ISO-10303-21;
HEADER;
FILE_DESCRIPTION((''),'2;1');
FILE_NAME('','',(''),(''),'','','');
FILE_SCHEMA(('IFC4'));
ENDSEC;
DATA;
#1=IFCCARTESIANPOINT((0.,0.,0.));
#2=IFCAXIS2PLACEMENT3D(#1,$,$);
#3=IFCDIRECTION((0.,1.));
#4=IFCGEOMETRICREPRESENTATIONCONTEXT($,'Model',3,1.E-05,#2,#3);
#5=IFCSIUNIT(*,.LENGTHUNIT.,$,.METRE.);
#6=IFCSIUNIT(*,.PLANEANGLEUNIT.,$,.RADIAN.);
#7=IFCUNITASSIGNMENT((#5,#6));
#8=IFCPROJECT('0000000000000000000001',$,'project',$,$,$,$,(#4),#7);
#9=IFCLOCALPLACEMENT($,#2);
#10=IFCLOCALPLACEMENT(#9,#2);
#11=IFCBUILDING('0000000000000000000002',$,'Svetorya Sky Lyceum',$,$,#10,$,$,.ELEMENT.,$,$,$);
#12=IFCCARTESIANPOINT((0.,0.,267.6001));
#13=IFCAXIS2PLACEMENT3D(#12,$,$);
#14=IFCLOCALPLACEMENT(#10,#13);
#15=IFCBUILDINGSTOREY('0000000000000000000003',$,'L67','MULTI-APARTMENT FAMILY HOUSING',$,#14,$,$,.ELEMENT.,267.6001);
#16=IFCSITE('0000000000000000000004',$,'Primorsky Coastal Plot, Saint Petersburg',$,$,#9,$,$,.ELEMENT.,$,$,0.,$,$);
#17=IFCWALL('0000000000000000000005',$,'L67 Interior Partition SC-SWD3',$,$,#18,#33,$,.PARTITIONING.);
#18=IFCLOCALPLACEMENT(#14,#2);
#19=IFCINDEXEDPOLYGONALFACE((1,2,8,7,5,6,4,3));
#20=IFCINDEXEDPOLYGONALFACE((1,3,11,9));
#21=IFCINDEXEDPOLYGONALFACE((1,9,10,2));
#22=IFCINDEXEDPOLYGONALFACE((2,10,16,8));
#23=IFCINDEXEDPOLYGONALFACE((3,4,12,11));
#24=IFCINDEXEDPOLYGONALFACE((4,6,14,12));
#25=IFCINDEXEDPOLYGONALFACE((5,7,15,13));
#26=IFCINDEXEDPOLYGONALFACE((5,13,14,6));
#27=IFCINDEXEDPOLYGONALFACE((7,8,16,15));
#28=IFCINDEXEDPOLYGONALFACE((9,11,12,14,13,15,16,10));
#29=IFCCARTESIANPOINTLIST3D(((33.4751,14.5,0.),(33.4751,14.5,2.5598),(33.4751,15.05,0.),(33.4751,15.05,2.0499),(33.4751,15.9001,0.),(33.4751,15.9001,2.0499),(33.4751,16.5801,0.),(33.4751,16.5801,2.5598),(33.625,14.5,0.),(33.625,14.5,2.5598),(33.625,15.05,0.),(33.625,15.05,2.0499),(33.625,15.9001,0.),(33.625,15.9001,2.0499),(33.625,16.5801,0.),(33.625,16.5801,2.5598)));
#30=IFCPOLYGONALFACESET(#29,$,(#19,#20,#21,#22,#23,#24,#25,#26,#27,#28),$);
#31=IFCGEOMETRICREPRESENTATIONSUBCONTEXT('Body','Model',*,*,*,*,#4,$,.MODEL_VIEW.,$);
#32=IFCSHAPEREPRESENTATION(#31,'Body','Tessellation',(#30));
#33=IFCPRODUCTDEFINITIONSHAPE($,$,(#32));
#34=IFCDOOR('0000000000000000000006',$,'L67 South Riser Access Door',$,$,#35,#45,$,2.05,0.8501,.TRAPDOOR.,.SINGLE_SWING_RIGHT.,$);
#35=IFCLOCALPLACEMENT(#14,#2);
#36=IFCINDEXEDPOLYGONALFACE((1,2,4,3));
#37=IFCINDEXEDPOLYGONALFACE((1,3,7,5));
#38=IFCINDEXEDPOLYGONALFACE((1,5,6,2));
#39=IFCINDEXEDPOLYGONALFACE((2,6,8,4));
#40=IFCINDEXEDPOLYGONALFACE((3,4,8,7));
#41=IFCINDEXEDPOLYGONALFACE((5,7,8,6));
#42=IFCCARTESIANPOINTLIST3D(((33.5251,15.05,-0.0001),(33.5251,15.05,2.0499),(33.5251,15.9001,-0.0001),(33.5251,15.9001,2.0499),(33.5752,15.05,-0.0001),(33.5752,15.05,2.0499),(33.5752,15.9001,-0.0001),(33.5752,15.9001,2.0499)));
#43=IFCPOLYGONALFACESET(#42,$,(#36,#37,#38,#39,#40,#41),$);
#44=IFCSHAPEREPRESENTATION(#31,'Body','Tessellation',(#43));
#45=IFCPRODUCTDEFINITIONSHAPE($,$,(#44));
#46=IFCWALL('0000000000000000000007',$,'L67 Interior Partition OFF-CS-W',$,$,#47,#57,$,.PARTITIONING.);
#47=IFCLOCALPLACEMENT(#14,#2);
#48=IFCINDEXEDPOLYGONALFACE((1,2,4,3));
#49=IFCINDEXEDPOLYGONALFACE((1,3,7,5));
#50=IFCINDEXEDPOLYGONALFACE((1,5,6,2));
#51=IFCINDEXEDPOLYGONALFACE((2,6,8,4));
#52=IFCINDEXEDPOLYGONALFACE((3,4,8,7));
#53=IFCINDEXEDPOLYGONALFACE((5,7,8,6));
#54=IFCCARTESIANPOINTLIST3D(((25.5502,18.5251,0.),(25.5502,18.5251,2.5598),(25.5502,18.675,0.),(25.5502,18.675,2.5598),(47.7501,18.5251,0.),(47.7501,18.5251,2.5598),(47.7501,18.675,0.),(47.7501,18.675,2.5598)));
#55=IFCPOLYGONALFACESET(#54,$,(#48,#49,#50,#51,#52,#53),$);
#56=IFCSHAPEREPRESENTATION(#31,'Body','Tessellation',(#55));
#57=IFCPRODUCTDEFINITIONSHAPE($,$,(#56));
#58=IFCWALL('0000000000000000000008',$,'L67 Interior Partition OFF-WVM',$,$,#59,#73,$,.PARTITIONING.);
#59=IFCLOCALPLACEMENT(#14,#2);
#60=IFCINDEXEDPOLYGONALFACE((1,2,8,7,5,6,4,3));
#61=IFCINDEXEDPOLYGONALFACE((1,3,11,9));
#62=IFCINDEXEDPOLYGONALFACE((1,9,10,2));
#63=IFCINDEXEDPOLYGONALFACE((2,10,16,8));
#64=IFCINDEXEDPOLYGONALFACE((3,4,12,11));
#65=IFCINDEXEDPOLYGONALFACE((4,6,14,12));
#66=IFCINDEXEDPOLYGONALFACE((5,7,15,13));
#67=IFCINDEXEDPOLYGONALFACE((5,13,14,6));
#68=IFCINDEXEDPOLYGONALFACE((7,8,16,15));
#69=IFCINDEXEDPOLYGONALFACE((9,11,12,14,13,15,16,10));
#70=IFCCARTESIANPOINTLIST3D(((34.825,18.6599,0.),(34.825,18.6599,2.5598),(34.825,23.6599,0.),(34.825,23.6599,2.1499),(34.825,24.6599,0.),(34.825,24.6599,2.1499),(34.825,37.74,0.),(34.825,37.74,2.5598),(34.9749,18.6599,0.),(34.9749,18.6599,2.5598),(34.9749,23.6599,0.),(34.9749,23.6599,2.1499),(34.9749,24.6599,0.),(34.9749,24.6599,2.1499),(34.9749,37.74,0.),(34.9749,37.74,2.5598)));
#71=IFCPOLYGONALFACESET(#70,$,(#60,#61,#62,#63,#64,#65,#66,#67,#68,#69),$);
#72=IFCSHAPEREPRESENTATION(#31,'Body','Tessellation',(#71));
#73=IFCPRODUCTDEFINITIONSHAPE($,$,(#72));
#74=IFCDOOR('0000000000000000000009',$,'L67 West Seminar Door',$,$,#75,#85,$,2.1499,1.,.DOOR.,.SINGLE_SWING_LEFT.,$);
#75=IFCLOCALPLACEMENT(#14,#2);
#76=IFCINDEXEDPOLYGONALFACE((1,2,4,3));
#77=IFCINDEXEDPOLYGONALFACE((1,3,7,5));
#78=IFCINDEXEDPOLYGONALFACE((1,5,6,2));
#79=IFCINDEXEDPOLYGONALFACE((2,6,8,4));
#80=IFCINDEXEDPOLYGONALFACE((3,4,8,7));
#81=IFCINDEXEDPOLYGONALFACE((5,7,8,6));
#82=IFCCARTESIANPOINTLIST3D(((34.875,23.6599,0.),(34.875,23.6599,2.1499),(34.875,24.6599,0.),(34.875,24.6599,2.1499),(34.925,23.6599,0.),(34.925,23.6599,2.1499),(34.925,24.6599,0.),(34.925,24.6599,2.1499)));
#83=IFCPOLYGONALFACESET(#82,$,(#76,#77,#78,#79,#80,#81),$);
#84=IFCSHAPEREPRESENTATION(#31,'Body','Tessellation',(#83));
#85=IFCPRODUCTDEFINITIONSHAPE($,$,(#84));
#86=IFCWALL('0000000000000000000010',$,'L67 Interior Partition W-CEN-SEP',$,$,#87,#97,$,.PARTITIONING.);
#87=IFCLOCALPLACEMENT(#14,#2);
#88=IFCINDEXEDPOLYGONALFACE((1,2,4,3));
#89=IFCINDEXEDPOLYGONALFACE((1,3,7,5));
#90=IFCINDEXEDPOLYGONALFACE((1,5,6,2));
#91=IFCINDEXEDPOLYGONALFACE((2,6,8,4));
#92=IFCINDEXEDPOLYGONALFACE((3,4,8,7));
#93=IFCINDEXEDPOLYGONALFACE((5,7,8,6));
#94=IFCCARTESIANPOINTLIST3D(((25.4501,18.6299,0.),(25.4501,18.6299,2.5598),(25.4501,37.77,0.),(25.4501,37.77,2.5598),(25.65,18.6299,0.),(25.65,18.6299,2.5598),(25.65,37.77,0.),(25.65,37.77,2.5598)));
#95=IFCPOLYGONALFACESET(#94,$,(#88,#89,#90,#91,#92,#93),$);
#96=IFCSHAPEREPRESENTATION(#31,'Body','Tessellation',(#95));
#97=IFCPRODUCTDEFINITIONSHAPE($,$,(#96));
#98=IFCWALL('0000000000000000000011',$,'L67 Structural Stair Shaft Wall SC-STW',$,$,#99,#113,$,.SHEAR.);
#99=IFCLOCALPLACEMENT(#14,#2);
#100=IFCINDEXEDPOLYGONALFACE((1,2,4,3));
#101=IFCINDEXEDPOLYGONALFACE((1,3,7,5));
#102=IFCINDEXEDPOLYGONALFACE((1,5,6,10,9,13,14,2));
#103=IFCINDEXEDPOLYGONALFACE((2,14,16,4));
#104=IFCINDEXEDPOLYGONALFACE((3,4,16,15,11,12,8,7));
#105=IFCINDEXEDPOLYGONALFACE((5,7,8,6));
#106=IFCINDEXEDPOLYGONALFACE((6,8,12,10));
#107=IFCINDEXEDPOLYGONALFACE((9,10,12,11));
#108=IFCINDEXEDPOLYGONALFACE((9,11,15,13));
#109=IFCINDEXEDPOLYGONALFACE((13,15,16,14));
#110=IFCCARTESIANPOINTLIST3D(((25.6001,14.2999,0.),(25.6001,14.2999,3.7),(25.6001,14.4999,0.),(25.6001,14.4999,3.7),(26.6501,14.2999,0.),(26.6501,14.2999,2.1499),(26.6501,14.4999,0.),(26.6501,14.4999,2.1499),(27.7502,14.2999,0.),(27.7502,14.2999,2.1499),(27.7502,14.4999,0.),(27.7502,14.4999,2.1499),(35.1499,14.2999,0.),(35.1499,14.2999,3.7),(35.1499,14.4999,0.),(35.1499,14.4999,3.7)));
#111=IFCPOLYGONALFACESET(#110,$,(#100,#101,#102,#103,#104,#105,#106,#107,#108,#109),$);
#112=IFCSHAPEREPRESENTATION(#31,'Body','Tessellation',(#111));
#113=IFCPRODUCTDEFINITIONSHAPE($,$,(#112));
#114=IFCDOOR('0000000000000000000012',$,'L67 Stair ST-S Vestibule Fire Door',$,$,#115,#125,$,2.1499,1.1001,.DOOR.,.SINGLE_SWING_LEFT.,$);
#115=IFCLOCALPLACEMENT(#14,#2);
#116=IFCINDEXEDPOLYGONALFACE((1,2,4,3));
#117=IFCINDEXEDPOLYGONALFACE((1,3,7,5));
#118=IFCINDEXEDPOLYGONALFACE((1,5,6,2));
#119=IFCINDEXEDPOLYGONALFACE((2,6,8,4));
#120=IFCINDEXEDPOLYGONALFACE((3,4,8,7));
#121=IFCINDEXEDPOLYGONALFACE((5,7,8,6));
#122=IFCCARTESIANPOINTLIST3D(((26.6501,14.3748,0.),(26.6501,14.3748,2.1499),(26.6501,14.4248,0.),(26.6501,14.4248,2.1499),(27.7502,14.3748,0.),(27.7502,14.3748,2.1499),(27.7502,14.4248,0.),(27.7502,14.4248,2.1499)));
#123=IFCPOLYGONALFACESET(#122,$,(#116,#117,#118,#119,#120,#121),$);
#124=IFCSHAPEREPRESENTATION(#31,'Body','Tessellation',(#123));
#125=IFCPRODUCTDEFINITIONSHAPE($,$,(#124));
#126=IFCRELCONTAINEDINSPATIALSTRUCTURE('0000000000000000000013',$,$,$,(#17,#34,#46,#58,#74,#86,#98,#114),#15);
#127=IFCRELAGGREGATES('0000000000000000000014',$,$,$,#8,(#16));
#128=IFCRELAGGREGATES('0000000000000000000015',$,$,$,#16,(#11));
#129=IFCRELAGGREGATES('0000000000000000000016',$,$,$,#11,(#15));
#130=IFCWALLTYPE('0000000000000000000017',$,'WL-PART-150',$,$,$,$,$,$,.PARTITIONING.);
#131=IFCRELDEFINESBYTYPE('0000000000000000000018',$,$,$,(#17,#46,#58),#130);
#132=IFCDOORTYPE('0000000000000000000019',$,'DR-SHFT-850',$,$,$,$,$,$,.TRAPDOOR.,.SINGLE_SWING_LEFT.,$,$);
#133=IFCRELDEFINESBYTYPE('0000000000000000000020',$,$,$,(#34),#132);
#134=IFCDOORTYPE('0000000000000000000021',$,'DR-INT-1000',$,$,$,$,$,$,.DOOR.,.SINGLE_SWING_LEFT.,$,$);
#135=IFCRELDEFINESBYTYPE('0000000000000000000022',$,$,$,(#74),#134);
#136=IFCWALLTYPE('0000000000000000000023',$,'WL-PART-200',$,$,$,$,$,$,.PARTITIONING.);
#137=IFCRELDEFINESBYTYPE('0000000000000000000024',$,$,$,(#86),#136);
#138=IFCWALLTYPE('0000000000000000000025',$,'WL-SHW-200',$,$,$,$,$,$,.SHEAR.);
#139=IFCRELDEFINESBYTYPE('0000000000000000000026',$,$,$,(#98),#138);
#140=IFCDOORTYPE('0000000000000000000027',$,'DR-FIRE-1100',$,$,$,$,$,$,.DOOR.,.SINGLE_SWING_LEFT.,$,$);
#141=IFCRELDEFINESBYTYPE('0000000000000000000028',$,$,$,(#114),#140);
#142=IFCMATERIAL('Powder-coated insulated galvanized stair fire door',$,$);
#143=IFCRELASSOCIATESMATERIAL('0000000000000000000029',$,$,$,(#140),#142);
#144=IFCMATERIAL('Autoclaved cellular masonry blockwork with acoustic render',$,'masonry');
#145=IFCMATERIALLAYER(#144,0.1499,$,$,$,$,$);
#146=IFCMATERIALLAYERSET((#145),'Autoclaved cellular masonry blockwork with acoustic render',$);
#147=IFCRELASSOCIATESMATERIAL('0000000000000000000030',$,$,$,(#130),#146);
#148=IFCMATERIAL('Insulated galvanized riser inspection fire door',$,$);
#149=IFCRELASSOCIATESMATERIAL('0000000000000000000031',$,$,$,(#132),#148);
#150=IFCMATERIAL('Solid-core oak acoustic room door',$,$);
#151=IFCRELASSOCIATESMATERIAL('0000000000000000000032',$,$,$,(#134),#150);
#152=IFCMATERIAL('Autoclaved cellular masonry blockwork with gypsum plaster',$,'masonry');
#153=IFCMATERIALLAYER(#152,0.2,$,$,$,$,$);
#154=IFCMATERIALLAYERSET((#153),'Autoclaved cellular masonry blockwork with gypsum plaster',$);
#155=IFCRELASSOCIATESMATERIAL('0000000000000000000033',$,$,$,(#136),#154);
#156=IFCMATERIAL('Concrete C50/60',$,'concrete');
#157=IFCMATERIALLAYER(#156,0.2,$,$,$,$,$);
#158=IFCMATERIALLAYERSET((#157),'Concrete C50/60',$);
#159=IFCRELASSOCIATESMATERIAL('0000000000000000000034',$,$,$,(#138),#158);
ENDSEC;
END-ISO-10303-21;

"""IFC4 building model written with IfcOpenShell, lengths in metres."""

from ifc_helpers import new_model, si_unit, direction, frame, frame_2d, origin, place, context, subcontext, project, spatial, rectangle, extrude, material, layer, layer_set, type_object, element, fill, save


model = new_model("IFC4")

# Units and contexts
model_context = context("Model", 3, precision=1e-05, world=origin(), true_north=direction((0.0, 1.0)))
body_context = subcontext(model_context, "Body", "Model", "MODEL_VIEW")
ifc_project = project(units=[si_unit("LENGTHUNIT", "METRE"), si_unit("PLANEANGLEUNIT", "RADIAN")], contexts=[model_context])

# Site, building, storey
site_placement = place(None, origin())
site = spatial("IfcSite", under=ifc_project, at=site_placement, Name="Primorsky Coastal Plot, Saint Petersburg", CompositionType="ELEMENT", RefElevation=0.0)
building_placement = place(site_placement, origin())
building = spatial("IfcBuilding", under=site, at=building_placement, Name="Svetorya Sky Lyceum", CompositionType="ELEMENT")
storey_placement = place(building_placement, frame((0.0, 0.0, 267.6001)))
storey = spatial("IfcBuildingStorey", under=building, at=storey_placement, Name="L67", Description="MULTI-APARTMENT FAMILY HOUSING", CompositionType="ELEMENT", Elevation=267.6001)

# Shared definitions
ifc_material_1 = material(Name="Concrete C50/60", Category="concrete")
ifc_material_2 = material(Name="Powder-coated insulated galvanized stair fire door")
door_type_1 = type_object("IfcDoorType", Name="DR-FIRE-1100", OperationType="SINGLE_SWING_LEFT", PredefinedType="DOOR", material=ifc_material_2)

# Shared definitions
ifc_material_3 = material(Name="Autoclaved cellular masonry blockwork with acoustic render", Category="masonry")
ifc_layer_1 = layer(ifc_material_3, 0.1499)
ifc_layer_set_1 = layer_set([ifc_layer_1], Name="Autoclaved cellular masonry blockwork with acoustic render")
wall_type_1 = type_object("IfcWallType", Name="WL-PART-150", PredefinedType="PARTITIONING", material=ifc_layer_set_1)

# Wall, opening, door
wall_1_placement = place(storey_placement, frame((33.55, 14.5, 0.0), z_axis=(0.0, 0.0, 1.0), x_axis=(0.0, 1.0, 0.0)))
wall_1 = element("IfcWall", 1, at=wall_1_placement, inside=storey, type_object=wall_type_1, Name="L67 Interior Partition SC-SWD3", PredefinedType="PARTITIONING", context=body_context, shape_type="SweptSolid", body=[
    extrude(rectangle(XDim=2.0801, YDim=0.1499, at=frame_2d((1.04, 0.0))), origin(), (0.0, 0.0, 1.0), 2.5598),
])
opening_1_placement = place(wall_1_placement, frame((0.55, 0.0, 0.0)))
opening_1 = element("IfcOpeningElement", 2, at=opening_1_placement, cuts=wall_1, PredefinedType="OPENING", context=body_context, shape_type="SweptSolid", body=[
    extrude(rectangle(XDim=0.8501, YDim=2.05, at=frame_2d((0.425, 1.0249))), frame((0.0, 0.085, 0.0), z_axis=(0.0, -1.0, 0.0), x_axis=(1.0, 0.0, 0.0)), (0.0, 0.0, 1.0), 0.1699),
])
ifc_material_4 = material(Name="Insulated galvanized riser inspection fire door")
door_type_2 = type_object("IfcDoorType", Name="DR-SHFT-850", OperationType="SINGLE_SWING_LEFT", PredefinedType="TRAPDOOR", material=ifc_material_4)
door_1_placement = place(opening_1_placement, origin())
door_1 = element("IfcDoor", 3, at=door_1_placement, inside=storey, type_object=door_type_2, Name="L67 South Riser Access Door", OperationType="SINGLE_SWING_RIGHT", OverallHeight=2.05, OverallWidth=0.8501, PredefinedType="TRAPDOOR", context=body_context, shape_type="SweptSolid", body=[
    extrude(rectangle(XDim=0.8501, YDim=2.05, at=frame_2d((0.425, 1.0249))), frame((0.0, 0.0249, 0.0), z_axis=(0.0, -1.0, 0.0), x_axis=(1.0, 0.0, 0.0)), (0.0, 0.0, 1.0), 0.05),
])
fill(opening_1, door_1)

# Wall
wall_2_placement = place(storey_placement, frame((25.55, 18.6001, 0.0), z_axis=(0.0, 0.0, 1.0), x_axis=(1.0, 0.0, 0.0)))
element("IfcWall", 4, at=wall_2_placement, inside=storey, type_object=wall_type_1, Name="L67 Interior Partition OFF-CS-W", PredefinedType="PARTITIONING", context=body_context, shape_type="SweptSolid", body=[
    extrude(rectangle(XDim=22.2, YDim=0.1499, at=frame_2d((11.1001, 0.0))), origin(), (0.0, 0.0, 1.0), 2.5598),
])

# Wall, opening, door
wall_3_placement = place(storey_placement, frame((34.8999, 18.6599, 0.0), z_axis=(0.0, 0.0, 1.0), x_axis=(0.0, 1.0, 0.0)))
wall_3 = element("IfcWall", 5, at=wall_3_placement, inside=storey, type_object=wall_type_1, Name="L67 Interior Partition OFF-WVM", PredefinedType="PARTITIONING", context=body_context, shape_type="SweptSolid", body=[
    extrude(rectangle(XDim=19.0801, YDim=0.1499, at=frame_2d((9.54, 0.0))), origin(), (0.0, 0.0, 1.0), 2.5598),
])
opening_2_placement = place(wall_3_placement, frame((5.0, 0.0, 0.0)))
opening_2 = element("IfcOpeningElement", 6, at=opening_2_placement, cuts=wall_3, PredefinedType="OPENING", context=body_context, shape_type="SweptSolid", body=[
    extrude(rectangle(XDim=1.0, YDim=2.1499, at=frame_2d((0.5, 1.075))), frame((0.0, 0.085, 0.0), z_axis=(0.0, -1.0, 0.0), x_axis=(1.0, 0.0, 0.0)), (0.0, 0.0, 1.0), 0.1699),
])
ifc_material_5 = material(Name="Solid-core oak acoustic room door")
door_type_3 = type_object("IfcDoorType", Name="DR-INT-1000", OperationType="SINGLE_SWING_LEFT", PredefinedType="DOOR", material=ifc_material_5)
door_2_placement = place(opening_2_placement, origin())
door_2 = element("IfcDoor", 7, at=door_2_placement, inside=storey, type_object=door_type_3, Name="L67 West Seminar Door", OperationType="SINGLE_SWING_LEFT", OverallHeight=2.1499, OverallWidth=1.0, PredefinedType="DOOR", context=body_context, shape_type="SweptSolid", body=[
    extrude(rectangle(XDim=1.0, YDim=2.1499, at=frame_2d((0.5, 1.075))), frame((0.0, 0.0249, 0.0), z_axis=(0.0, -1.0, 0.0), x_axis=(1.0, 0.0, 0.0)), (0.0, 0.0, 1.0), 0.05),
])
fill(opening_2, door_2)

# Wall
ifc_material_6 = material(Name="Autoclaved cellular masonry blockwork with gypsum plaster", Category="masonry")
ifc_layer_2 = layer(ifc_material_6, 0.2)
ifc_layer_set_2 = layer_set([ifc_layer_2], Name="Autoclaved cellular masonry blockwork with gypsum plaster")
wall_type_2 = type_object("IfcWallType", Name="WL-PART-200", PredefinedType="PARTITIONING", material=ifc_layer_set_2)
wall_4_placement = place(storey_placement, frame((25.55, 18.6299, 0.0), z_axis=(0.0, 0.0, 1.0), x_axis=(0.0, 1.0, 0.0)))
element("IfcWall", 8, at=wall_4_placement, inside=storey, type_object=wall_type_2, Name="L67 Interior Partition W-CEN-SEP", PredefinedType="PARTITIONING", context=body_context, shape_type="SweptSolid", body=[
    extrude(rectangle(XDim=19.1401, YDim=0.2, at=frame_2d((9.5701, 0.0))), origin(), (0.0, 0.0, 1.0), 2.5598),
])

# Wall, opening, door
ifc_layer_3 = layer(ifc_material_1, 0.2)
ifc_layer_set_3 = layer_set([ifc_layer_3], Name="Concrete C50/60")
wall_type_3 = type_object("IfcWallType", Name="WL-SHW-200", PredefinedType="SHEAR", material=ifc_layer_set_3)
wall_5_placement = place(storey_placement, frame((25.6001, 14.3999, 0.0), z_axis=(0.0, 0.0, 1.0), x_axis=(1.0, 0.0, 0.0)))
wall_5 = element("IfcWall", 9, at=wall_5_placement, inside=storey, type_object=wall_type_3, Name="L67 Structural Stair Shaft Wall SC-STW", PredefinedType="SHEAR", context=body_context, shape_type="SweptSolid", body=[
    extrude(rectangle(XDim=9.5498, YDim=0.2, at=frame_2d((4.7749, 0.0))), origin(), (0.0, 0.0, 1.0), 3.7),
])
opening_3_placement = place(wall_5_placement, frame((1.05, 0.0, 0.0)))
opening_3 = element("IfcOpeningElement", 10, at=opening_3_placement, cuts=wall_5, PredefinedType="OPENING", context=body_context, shape_type="SweptSolid", body=[
    extrude(rectangle(XDim=1.1001, YDim=2.1499, at=frame_2d((0.55, 1.075))), frame((0.0, 0.1099, 0.0), z_axis=(0.0, -1.0, 0.0), x_axis=(1.0, 0.0, 0.0)), (0.0, 0.0, 1.0), 0.22),
])
door_3_placement = place(opening_3_placement, origin())
door_3 = element("IfcDoor", 11, at=door_3_placement, inside=storey, type_object=door_type_1, Name="L67 Stair ST-S Vestibule Fire Door", OperationType="SINGLE_SWING_LEFT", OverallHeight=2.1499, OverallWidth=1.1001, PredefinedType="DOOR", context=body_context, shape_type="SweptSolid", body=[
    extrude(rectangle(XDim=1.1001, YDim=2.1499, at=frame_2d((0.55, 1.075))), frame((0.0, 0.0249, 0.0), z_axis=(0.0, -1.0, 0.0), x_axis=(1.0, 0.0, 0.0)), (0.0, 0.0, 1.0), 0.05),
])
fill(opening_3, door_3)

save(model, "model.ifc")
